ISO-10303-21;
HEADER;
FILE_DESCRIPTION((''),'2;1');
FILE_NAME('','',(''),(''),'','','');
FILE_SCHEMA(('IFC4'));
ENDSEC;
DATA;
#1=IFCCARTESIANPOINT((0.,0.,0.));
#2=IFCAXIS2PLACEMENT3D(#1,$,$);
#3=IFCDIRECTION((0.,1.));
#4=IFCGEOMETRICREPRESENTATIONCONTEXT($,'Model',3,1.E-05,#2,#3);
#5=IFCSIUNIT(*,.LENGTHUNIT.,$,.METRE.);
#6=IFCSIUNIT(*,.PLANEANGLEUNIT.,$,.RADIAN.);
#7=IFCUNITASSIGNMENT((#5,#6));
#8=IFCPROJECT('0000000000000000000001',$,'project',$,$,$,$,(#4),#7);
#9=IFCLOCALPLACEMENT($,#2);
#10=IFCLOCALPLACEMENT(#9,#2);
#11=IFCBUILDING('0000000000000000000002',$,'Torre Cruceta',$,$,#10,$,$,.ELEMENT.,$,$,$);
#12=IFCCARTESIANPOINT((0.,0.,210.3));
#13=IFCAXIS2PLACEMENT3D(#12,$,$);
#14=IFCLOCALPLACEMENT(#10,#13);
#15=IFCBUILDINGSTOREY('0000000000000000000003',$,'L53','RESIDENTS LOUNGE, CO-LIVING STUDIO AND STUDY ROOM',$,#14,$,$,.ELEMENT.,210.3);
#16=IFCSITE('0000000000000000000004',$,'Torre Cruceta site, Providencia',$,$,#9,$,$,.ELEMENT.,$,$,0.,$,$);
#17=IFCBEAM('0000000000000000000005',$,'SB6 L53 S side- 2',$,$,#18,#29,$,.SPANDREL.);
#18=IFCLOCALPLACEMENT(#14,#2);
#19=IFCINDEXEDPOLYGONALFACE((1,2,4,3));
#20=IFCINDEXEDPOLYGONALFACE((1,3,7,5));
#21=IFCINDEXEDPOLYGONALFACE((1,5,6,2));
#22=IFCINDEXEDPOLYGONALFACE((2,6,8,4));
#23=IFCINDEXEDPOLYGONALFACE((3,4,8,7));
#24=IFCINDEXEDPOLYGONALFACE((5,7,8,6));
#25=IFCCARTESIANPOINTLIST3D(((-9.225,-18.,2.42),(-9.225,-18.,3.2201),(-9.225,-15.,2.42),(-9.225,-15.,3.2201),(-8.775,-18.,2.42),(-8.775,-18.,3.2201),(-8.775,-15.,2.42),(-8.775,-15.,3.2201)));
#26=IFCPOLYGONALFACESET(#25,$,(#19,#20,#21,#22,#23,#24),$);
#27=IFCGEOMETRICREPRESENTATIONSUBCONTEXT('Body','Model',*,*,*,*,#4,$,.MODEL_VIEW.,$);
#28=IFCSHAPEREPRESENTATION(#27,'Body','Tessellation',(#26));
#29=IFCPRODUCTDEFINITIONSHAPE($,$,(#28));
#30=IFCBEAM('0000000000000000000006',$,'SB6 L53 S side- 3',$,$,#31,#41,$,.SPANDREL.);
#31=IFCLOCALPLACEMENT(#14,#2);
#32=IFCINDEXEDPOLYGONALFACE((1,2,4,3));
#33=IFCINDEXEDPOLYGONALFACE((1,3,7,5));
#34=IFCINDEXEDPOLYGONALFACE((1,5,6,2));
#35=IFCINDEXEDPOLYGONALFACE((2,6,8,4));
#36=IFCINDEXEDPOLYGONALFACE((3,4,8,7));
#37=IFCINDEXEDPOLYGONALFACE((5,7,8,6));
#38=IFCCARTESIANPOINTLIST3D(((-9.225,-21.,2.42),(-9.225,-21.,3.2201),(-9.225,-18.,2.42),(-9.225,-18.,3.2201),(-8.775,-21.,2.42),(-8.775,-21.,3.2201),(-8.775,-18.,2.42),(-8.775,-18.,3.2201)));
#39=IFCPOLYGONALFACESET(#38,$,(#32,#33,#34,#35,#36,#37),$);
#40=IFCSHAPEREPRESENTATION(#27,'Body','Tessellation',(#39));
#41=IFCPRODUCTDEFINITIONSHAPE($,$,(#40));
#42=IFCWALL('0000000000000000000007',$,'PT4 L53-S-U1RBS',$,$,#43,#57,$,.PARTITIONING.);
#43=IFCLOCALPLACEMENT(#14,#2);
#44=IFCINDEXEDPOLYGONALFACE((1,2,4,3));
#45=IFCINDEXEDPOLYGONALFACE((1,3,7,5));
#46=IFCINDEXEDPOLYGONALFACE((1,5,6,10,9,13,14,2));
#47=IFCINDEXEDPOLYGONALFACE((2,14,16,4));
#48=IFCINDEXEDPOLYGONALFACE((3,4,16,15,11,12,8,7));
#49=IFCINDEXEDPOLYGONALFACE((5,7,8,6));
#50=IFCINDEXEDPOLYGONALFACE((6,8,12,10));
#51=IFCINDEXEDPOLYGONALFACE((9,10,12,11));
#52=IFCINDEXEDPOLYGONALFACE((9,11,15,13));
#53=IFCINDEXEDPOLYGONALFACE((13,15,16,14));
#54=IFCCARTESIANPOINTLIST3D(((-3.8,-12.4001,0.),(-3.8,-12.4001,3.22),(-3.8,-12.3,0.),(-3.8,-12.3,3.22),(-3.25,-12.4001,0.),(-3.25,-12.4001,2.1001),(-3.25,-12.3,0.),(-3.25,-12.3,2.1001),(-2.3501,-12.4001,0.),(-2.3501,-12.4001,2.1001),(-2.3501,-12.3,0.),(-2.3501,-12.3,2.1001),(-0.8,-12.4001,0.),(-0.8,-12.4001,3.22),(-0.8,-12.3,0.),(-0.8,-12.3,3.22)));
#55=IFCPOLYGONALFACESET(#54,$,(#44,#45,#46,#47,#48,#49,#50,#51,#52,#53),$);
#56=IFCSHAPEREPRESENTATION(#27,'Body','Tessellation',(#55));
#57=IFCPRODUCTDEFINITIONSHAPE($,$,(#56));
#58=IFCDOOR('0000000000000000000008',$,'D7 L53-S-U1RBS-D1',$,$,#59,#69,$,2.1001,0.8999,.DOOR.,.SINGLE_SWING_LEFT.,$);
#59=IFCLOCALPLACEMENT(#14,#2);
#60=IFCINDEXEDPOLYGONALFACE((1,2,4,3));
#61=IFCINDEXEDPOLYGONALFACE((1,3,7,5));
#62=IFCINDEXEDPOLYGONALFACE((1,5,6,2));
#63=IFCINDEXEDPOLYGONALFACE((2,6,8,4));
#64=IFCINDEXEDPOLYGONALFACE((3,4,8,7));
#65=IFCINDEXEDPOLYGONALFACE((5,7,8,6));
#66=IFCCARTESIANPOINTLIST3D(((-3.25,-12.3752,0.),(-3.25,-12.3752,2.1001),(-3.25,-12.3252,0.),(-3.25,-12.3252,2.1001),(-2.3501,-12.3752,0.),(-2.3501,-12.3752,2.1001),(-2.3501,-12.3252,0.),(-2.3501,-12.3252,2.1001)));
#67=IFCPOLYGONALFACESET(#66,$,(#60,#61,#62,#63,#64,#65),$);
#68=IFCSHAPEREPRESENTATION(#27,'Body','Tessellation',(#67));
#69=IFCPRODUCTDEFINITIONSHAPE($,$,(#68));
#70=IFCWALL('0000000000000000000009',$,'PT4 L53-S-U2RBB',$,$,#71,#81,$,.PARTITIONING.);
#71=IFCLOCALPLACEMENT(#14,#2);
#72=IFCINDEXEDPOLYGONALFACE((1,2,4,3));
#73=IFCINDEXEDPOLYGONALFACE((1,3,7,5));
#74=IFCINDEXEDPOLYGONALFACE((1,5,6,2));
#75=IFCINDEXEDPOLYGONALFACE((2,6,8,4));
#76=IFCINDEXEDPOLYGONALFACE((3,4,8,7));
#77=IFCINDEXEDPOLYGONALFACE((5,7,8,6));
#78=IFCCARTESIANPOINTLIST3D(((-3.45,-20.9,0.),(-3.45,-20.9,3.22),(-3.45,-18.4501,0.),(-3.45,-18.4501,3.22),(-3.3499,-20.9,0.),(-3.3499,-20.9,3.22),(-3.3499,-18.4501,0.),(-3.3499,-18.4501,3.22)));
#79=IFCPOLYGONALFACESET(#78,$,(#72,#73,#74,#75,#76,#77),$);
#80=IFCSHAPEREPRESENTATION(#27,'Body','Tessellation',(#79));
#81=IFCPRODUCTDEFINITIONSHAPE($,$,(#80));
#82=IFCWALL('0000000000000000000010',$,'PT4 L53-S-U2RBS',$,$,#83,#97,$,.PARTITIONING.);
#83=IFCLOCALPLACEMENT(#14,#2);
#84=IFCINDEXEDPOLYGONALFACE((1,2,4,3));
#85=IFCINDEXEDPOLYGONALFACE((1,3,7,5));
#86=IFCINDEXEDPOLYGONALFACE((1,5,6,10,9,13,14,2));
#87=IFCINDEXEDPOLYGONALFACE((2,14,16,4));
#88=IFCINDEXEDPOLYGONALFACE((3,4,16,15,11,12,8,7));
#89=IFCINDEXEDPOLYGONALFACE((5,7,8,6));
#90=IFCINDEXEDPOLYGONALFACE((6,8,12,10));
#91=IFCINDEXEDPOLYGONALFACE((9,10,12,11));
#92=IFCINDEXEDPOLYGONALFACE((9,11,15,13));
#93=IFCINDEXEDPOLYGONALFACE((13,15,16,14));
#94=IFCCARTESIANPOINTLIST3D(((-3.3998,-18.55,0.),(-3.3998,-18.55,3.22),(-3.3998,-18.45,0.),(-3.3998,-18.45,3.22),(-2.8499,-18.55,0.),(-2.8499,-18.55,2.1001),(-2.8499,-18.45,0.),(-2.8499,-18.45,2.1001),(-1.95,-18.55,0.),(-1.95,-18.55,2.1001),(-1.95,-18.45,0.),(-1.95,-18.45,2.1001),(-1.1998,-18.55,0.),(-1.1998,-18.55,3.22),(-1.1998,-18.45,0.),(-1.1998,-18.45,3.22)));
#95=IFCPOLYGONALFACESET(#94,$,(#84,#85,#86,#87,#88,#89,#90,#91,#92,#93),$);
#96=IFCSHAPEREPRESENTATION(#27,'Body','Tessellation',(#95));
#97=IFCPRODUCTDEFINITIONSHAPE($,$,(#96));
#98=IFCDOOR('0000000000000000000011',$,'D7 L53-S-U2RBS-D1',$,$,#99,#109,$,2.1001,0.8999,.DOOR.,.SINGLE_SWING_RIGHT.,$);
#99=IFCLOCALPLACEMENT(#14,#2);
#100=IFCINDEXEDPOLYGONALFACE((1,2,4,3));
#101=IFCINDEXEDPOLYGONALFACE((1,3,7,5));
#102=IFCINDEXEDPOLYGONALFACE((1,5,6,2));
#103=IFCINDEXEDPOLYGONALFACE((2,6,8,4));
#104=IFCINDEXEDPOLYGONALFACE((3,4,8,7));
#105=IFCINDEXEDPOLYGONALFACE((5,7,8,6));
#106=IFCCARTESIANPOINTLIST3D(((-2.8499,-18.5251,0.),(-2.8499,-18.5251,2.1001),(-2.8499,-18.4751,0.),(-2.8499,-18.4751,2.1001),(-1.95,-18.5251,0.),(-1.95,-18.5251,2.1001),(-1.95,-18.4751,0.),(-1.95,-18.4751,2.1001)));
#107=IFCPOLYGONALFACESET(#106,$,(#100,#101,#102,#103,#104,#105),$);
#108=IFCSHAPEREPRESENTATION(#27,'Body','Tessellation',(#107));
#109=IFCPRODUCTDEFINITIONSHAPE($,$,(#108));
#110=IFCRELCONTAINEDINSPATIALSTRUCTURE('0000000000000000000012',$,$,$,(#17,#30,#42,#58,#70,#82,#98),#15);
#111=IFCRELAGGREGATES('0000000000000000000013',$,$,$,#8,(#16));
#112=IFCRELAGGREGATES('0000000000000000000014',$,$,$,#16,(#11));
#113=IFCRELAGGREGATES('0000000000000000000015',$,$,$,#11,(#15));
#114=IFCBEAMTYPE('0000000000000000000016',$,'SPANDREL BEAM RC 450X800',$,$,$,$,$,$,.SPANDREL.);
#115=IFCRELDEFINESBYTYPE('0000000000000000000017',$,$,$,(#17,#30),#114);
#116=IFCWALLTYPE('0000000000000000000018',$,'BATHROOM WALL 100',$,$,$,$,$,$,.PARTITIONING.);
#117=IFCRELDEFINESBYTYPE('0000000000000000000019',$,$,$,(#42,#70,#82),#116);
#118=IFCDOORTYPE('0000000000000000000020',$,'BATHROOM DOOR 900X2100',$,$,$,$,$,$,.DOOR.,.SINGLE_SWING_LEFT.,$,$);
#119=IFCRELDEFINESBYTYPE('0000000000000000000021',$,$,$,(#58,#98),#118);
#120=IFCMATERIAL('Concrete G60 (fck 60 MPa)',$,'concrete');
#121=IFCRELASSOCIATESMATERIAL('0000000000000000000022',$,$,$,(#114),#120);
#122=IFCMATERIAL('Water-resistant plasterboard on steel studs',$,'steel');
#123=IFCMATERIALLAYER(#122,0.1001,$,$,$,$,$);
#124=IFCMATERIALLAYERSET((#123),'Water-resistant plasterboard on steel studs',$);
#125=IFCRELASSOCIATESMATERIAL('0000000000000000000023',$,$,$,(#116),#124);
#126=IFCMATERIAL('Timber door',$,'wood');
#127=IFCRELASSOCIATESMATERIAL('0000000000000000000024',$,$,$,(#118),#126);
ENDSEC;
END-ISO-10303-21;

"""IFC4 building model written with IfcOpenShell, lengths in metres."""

from ifc_helpers import new_model, si_unit, direction, frame, frame_2d, origin, origin_2d, place, context, subcontext, project, spatial, rectangle, extrude, material, layer, layer_set, material_profile, profile_set, type_object, element, fill, save


model = new_model("IFC4")

# Units and contexts
model_context = context("Model", 3, precision=1e-05, world=origin(), true_north=direction((0.0, 1.0)))
body_context = subcontext(model_context, "Body", "Model", "MODEL_VIEW")
ifc_project = project(units=[si_unit("LENGTHUNIT", "METRE"), si_unit("PLANEANGLEUNIT", "RADIAN")], contexts=[model_context])

# Site, building, storey
site_placement = place(None, origin())
site = spatial("IfcSite", under=ifc_project, at=site_placement, Name="Torre Cruceta site, Providencia", CompositionType="ELEMENT", RefElevation=0.0)
building_placement = place(site_placement, origin())
building = spatial("IfcBuilding", under=site, at=building_placement, Name="Torre Cruceta", CompositionType="ELEMENT")
storey_placement = place(building_placement, frame((0.0, 0.0, 210.3)))
storey = spatial("IfcBuildingStorey", under=building, at=storey_placement, Name="L53", Description="RESIDENTS LOUNGE, CO-LIVING STUDIO AND STUDY ROOM", CompositionType="ELEMENT", Elevation=210.3)

# Beams
ifc_material_1 = material(Name="Concrete G60 (fck 60 MPa)", Category="concrete")
ifc_material_profile_1 = material_profile(ifc_material_1, rectangle(XDim=0.45, YDim=0.8, at=origin_2d()), Name="RC 450X800")
ifc_profile_set_1 = profile_set([ifc_material_profile_1], Name="Concrete G60 (fck 60 MPa)")
beam_type_1 = type_object("IfcBeamType", Name="SPANDREL BEAM RC 450X800", PredefinedType="SPANDREL", material=ifc_profile_set_1)
for number, where, z_axis, x_axis, name in (
    (1, (-9.0, -15.0, 2.8201), (0.0, -1.0, 0.0), (1.0, 0.0, 0.0), "SB6 L53 S side- 2"),
    (2, (-9.0, -18.0, 2.8201), (0.0, -1.0, 0.0), (1.0, 0.0, 0.0), "SB6 L53 S side- 3"),
):
    element("IfcBeam", number, at=place(storey_placement, frame(where, z_axis=z_axis, x_axis=x_axis)), inside=storey, type_object=beam_type_1, Name=name, PredefinedType="SPANDREL", context=body_context, shape_type="SweptSolid", body=[
        extrude(rectangle(XDim=0.45, YDim=0.8, at=origin_2d()), origin(), (0.0, 0.0, 1.0), 3.0),
    ])

# Wall, opening, door
ifc_material_2 = material(Name="Water-resistant plasterboard on steel studs", Category="steel")
ifc_layer_1 = layer(ifc_material_2, 0.1001)
ifc_layer_set_1 = layer_set([ifc_layer_1], Name="Water-resistant plasterboard on steel studs")
wall_type_1 = type_object("IfcWallType", Name="BATHROOM WALL 100", PredefinedType="PARTITIONING", material=ifc_layer_set_1)
wall_1_placement = place(storey_placement, frame((-3.8, -12.3501, 0.0), z_axis=(0.0, 0.0, 1.0), x_axis=(1.0, 0.0, 0.0)))
wall_1 = element("IfcWall", 3, at=wall_1_placement, inside=storey, type_object=wall_type_1, Name="PT4 L53-S-U1RBS", PredefinedType="PARTITIONING", context=body_context, shape_type="SweptSolid", body=[
    extrude(rectangle(XDim=3.0, YDim=0.1001, at=frame_2d((1.5, 0.0))), origin(), (0.0, 0.0, 1.0), 3.22),
])
opening_1_placement = place(wall_1_placement, frame((0.55, 0.0, 0.0)))
opening_1 = element("IfcOpeningElement", 4, at=opening_1_placement, cuts=wall_1, PredefinedType="OPENING", context=body_context, shape_type="SweptSolid", body=[
    extrude(rectangle(XDim=0.8999, YDim=2.1001, at=frame_2d((0.45, 1.05))), frame((0.0, 0.0601, 0.0), z_axis=(0.0, -1.0, 0.0), x_axis=(1.0, 0.0, 0.0)), (0.0, 0.0, 1.0), 0.1201),
])
ifc_material_3 = material(Name="Timber door", Category="wood")
door_type = type_object("IfcDoorType", Name="BATHROOM DOOR 900X2100", OperationType="SINGLE_SWING_LEFT", PredefinedType="DOOR", material=ifc_material_3)
door_1_placement = place(opening_1_placement, origin())
door_1 = element("IfcDoor", 5, at=door_1_placement, inside=storey, type_object=door_type, Name="D7 L53-S-U1RBS-D1", OperationType="SINGLE_SWING_LEFT", OverallHeight=2.1001, OverallWidth=0.8999, PredefinedType="DOOR", context=body_context, shape_type="SweptSolid", body=[
    extrude(rectangle(XDim=0.8999, YDim=2.1001, at=frame_2d((0.45, 1.05))), frame((0.0, 0.0249, 0.0), z_axis=(0.0, -1.0, 0.0), x_axis=(1.0, 0.0, 0.0)), (0.0, 0.0, 1.0), 0.05),
])
fill(opening_1, door_1)

# Wall
wall_2_placement = place(storey_placement, frame((-3.3999, -18.45, 0.0), z_axis=(0.0, 0.0, 1.0), x_axis=(0.0, -1.0, 0.0)))
element("IfcWall", 6, at=wall_2_placement, inside=storey, type_object=wall_type_1, Name="PT4 L53-S-U2RBB", PredefinedType="PARTITIONING", context=body_context, shape_type="SweptSolid", body=[
    extrude(rectangle(XDim=2.45, YDim=0.1001, at=frame_2d((1.2251, 0.0))), origin(), (0.0, 0.0, 1.0), 3.22),
])

# Wall, opening, door
wall_3_placement = place(storey_placement, frame((-3.3999, -18.5, 0.0), z_axis=(0.0, 0.0, 1.0), x_axis=(1.0, 0.0, 0.0)))
wall_3 = element("IfcWall", 7, at=wall_3_placement, inside=storey, type_object=wall_type_1, Name="PT4 L53-S-U2RBS", PredefinedType="PARTITIONING", context=body_context, shape_type="SweptSolid", body=[
    extrude(rectangle(XDim=2.2, YDim=0.1001, at=frame_2d((1.1001, 0.0))), origin(), (0.0, 0.0, 1.0), 3.22),
])
opening_2_placement = place(wall_3_placement, frame((0.55, 0.0, 0.0)))
opening_2 = element("IfcOpeningElement", 8, at=opening_2_placement, cuts=wall_3, PredefinedType="OPENING", context=body_context, shape_type="SweptSolid", body=[
    extrude(rectangle(XDim=0.8999, YDim=2.1001, at=frame_2d((0.45, 1.05))), frame((0.0, 0.0601, 0.0), z_axis=(0.0, -1.0, 0.0), x_axis=(1.0, 0.0, 0.0)), (0.0, 0.0, 1.0), 0.1201),
])
door_2_placement = place(opening_2_placement, frame((0.8999, 0.0, 0.0), z_axis=(0.0, 0.0, 1.0), x_axis=(-1.0, 0.0, 0.0)))
door_2 = element("IfcDoor", 9, at=door_2_placement, inside=storey, type_object=door_type, Name="D7 L53-S-U2RBS-D1", OperationType="SINGLE_SWING_RIGHT", OverallHeight=2.1001, OverallWidth=0.8999, PredefinedType="DOOR", context=body_context, shape_type="SweptSolid", body=[
    extrude(rectangle(XDim=0.8999, YDim=2.1001, at=frame_2d((0.45, 1.05))), frame((0.0, 0.0251, 0.0), z_axis=(0.0, -1.0, 0.0), x_axis=(1.0, 0.0, 0.0)), (0.0, 0.0, 1.0), 0.05),
])
fill(opening_2, door_2)

save(model, "model.ifc")
